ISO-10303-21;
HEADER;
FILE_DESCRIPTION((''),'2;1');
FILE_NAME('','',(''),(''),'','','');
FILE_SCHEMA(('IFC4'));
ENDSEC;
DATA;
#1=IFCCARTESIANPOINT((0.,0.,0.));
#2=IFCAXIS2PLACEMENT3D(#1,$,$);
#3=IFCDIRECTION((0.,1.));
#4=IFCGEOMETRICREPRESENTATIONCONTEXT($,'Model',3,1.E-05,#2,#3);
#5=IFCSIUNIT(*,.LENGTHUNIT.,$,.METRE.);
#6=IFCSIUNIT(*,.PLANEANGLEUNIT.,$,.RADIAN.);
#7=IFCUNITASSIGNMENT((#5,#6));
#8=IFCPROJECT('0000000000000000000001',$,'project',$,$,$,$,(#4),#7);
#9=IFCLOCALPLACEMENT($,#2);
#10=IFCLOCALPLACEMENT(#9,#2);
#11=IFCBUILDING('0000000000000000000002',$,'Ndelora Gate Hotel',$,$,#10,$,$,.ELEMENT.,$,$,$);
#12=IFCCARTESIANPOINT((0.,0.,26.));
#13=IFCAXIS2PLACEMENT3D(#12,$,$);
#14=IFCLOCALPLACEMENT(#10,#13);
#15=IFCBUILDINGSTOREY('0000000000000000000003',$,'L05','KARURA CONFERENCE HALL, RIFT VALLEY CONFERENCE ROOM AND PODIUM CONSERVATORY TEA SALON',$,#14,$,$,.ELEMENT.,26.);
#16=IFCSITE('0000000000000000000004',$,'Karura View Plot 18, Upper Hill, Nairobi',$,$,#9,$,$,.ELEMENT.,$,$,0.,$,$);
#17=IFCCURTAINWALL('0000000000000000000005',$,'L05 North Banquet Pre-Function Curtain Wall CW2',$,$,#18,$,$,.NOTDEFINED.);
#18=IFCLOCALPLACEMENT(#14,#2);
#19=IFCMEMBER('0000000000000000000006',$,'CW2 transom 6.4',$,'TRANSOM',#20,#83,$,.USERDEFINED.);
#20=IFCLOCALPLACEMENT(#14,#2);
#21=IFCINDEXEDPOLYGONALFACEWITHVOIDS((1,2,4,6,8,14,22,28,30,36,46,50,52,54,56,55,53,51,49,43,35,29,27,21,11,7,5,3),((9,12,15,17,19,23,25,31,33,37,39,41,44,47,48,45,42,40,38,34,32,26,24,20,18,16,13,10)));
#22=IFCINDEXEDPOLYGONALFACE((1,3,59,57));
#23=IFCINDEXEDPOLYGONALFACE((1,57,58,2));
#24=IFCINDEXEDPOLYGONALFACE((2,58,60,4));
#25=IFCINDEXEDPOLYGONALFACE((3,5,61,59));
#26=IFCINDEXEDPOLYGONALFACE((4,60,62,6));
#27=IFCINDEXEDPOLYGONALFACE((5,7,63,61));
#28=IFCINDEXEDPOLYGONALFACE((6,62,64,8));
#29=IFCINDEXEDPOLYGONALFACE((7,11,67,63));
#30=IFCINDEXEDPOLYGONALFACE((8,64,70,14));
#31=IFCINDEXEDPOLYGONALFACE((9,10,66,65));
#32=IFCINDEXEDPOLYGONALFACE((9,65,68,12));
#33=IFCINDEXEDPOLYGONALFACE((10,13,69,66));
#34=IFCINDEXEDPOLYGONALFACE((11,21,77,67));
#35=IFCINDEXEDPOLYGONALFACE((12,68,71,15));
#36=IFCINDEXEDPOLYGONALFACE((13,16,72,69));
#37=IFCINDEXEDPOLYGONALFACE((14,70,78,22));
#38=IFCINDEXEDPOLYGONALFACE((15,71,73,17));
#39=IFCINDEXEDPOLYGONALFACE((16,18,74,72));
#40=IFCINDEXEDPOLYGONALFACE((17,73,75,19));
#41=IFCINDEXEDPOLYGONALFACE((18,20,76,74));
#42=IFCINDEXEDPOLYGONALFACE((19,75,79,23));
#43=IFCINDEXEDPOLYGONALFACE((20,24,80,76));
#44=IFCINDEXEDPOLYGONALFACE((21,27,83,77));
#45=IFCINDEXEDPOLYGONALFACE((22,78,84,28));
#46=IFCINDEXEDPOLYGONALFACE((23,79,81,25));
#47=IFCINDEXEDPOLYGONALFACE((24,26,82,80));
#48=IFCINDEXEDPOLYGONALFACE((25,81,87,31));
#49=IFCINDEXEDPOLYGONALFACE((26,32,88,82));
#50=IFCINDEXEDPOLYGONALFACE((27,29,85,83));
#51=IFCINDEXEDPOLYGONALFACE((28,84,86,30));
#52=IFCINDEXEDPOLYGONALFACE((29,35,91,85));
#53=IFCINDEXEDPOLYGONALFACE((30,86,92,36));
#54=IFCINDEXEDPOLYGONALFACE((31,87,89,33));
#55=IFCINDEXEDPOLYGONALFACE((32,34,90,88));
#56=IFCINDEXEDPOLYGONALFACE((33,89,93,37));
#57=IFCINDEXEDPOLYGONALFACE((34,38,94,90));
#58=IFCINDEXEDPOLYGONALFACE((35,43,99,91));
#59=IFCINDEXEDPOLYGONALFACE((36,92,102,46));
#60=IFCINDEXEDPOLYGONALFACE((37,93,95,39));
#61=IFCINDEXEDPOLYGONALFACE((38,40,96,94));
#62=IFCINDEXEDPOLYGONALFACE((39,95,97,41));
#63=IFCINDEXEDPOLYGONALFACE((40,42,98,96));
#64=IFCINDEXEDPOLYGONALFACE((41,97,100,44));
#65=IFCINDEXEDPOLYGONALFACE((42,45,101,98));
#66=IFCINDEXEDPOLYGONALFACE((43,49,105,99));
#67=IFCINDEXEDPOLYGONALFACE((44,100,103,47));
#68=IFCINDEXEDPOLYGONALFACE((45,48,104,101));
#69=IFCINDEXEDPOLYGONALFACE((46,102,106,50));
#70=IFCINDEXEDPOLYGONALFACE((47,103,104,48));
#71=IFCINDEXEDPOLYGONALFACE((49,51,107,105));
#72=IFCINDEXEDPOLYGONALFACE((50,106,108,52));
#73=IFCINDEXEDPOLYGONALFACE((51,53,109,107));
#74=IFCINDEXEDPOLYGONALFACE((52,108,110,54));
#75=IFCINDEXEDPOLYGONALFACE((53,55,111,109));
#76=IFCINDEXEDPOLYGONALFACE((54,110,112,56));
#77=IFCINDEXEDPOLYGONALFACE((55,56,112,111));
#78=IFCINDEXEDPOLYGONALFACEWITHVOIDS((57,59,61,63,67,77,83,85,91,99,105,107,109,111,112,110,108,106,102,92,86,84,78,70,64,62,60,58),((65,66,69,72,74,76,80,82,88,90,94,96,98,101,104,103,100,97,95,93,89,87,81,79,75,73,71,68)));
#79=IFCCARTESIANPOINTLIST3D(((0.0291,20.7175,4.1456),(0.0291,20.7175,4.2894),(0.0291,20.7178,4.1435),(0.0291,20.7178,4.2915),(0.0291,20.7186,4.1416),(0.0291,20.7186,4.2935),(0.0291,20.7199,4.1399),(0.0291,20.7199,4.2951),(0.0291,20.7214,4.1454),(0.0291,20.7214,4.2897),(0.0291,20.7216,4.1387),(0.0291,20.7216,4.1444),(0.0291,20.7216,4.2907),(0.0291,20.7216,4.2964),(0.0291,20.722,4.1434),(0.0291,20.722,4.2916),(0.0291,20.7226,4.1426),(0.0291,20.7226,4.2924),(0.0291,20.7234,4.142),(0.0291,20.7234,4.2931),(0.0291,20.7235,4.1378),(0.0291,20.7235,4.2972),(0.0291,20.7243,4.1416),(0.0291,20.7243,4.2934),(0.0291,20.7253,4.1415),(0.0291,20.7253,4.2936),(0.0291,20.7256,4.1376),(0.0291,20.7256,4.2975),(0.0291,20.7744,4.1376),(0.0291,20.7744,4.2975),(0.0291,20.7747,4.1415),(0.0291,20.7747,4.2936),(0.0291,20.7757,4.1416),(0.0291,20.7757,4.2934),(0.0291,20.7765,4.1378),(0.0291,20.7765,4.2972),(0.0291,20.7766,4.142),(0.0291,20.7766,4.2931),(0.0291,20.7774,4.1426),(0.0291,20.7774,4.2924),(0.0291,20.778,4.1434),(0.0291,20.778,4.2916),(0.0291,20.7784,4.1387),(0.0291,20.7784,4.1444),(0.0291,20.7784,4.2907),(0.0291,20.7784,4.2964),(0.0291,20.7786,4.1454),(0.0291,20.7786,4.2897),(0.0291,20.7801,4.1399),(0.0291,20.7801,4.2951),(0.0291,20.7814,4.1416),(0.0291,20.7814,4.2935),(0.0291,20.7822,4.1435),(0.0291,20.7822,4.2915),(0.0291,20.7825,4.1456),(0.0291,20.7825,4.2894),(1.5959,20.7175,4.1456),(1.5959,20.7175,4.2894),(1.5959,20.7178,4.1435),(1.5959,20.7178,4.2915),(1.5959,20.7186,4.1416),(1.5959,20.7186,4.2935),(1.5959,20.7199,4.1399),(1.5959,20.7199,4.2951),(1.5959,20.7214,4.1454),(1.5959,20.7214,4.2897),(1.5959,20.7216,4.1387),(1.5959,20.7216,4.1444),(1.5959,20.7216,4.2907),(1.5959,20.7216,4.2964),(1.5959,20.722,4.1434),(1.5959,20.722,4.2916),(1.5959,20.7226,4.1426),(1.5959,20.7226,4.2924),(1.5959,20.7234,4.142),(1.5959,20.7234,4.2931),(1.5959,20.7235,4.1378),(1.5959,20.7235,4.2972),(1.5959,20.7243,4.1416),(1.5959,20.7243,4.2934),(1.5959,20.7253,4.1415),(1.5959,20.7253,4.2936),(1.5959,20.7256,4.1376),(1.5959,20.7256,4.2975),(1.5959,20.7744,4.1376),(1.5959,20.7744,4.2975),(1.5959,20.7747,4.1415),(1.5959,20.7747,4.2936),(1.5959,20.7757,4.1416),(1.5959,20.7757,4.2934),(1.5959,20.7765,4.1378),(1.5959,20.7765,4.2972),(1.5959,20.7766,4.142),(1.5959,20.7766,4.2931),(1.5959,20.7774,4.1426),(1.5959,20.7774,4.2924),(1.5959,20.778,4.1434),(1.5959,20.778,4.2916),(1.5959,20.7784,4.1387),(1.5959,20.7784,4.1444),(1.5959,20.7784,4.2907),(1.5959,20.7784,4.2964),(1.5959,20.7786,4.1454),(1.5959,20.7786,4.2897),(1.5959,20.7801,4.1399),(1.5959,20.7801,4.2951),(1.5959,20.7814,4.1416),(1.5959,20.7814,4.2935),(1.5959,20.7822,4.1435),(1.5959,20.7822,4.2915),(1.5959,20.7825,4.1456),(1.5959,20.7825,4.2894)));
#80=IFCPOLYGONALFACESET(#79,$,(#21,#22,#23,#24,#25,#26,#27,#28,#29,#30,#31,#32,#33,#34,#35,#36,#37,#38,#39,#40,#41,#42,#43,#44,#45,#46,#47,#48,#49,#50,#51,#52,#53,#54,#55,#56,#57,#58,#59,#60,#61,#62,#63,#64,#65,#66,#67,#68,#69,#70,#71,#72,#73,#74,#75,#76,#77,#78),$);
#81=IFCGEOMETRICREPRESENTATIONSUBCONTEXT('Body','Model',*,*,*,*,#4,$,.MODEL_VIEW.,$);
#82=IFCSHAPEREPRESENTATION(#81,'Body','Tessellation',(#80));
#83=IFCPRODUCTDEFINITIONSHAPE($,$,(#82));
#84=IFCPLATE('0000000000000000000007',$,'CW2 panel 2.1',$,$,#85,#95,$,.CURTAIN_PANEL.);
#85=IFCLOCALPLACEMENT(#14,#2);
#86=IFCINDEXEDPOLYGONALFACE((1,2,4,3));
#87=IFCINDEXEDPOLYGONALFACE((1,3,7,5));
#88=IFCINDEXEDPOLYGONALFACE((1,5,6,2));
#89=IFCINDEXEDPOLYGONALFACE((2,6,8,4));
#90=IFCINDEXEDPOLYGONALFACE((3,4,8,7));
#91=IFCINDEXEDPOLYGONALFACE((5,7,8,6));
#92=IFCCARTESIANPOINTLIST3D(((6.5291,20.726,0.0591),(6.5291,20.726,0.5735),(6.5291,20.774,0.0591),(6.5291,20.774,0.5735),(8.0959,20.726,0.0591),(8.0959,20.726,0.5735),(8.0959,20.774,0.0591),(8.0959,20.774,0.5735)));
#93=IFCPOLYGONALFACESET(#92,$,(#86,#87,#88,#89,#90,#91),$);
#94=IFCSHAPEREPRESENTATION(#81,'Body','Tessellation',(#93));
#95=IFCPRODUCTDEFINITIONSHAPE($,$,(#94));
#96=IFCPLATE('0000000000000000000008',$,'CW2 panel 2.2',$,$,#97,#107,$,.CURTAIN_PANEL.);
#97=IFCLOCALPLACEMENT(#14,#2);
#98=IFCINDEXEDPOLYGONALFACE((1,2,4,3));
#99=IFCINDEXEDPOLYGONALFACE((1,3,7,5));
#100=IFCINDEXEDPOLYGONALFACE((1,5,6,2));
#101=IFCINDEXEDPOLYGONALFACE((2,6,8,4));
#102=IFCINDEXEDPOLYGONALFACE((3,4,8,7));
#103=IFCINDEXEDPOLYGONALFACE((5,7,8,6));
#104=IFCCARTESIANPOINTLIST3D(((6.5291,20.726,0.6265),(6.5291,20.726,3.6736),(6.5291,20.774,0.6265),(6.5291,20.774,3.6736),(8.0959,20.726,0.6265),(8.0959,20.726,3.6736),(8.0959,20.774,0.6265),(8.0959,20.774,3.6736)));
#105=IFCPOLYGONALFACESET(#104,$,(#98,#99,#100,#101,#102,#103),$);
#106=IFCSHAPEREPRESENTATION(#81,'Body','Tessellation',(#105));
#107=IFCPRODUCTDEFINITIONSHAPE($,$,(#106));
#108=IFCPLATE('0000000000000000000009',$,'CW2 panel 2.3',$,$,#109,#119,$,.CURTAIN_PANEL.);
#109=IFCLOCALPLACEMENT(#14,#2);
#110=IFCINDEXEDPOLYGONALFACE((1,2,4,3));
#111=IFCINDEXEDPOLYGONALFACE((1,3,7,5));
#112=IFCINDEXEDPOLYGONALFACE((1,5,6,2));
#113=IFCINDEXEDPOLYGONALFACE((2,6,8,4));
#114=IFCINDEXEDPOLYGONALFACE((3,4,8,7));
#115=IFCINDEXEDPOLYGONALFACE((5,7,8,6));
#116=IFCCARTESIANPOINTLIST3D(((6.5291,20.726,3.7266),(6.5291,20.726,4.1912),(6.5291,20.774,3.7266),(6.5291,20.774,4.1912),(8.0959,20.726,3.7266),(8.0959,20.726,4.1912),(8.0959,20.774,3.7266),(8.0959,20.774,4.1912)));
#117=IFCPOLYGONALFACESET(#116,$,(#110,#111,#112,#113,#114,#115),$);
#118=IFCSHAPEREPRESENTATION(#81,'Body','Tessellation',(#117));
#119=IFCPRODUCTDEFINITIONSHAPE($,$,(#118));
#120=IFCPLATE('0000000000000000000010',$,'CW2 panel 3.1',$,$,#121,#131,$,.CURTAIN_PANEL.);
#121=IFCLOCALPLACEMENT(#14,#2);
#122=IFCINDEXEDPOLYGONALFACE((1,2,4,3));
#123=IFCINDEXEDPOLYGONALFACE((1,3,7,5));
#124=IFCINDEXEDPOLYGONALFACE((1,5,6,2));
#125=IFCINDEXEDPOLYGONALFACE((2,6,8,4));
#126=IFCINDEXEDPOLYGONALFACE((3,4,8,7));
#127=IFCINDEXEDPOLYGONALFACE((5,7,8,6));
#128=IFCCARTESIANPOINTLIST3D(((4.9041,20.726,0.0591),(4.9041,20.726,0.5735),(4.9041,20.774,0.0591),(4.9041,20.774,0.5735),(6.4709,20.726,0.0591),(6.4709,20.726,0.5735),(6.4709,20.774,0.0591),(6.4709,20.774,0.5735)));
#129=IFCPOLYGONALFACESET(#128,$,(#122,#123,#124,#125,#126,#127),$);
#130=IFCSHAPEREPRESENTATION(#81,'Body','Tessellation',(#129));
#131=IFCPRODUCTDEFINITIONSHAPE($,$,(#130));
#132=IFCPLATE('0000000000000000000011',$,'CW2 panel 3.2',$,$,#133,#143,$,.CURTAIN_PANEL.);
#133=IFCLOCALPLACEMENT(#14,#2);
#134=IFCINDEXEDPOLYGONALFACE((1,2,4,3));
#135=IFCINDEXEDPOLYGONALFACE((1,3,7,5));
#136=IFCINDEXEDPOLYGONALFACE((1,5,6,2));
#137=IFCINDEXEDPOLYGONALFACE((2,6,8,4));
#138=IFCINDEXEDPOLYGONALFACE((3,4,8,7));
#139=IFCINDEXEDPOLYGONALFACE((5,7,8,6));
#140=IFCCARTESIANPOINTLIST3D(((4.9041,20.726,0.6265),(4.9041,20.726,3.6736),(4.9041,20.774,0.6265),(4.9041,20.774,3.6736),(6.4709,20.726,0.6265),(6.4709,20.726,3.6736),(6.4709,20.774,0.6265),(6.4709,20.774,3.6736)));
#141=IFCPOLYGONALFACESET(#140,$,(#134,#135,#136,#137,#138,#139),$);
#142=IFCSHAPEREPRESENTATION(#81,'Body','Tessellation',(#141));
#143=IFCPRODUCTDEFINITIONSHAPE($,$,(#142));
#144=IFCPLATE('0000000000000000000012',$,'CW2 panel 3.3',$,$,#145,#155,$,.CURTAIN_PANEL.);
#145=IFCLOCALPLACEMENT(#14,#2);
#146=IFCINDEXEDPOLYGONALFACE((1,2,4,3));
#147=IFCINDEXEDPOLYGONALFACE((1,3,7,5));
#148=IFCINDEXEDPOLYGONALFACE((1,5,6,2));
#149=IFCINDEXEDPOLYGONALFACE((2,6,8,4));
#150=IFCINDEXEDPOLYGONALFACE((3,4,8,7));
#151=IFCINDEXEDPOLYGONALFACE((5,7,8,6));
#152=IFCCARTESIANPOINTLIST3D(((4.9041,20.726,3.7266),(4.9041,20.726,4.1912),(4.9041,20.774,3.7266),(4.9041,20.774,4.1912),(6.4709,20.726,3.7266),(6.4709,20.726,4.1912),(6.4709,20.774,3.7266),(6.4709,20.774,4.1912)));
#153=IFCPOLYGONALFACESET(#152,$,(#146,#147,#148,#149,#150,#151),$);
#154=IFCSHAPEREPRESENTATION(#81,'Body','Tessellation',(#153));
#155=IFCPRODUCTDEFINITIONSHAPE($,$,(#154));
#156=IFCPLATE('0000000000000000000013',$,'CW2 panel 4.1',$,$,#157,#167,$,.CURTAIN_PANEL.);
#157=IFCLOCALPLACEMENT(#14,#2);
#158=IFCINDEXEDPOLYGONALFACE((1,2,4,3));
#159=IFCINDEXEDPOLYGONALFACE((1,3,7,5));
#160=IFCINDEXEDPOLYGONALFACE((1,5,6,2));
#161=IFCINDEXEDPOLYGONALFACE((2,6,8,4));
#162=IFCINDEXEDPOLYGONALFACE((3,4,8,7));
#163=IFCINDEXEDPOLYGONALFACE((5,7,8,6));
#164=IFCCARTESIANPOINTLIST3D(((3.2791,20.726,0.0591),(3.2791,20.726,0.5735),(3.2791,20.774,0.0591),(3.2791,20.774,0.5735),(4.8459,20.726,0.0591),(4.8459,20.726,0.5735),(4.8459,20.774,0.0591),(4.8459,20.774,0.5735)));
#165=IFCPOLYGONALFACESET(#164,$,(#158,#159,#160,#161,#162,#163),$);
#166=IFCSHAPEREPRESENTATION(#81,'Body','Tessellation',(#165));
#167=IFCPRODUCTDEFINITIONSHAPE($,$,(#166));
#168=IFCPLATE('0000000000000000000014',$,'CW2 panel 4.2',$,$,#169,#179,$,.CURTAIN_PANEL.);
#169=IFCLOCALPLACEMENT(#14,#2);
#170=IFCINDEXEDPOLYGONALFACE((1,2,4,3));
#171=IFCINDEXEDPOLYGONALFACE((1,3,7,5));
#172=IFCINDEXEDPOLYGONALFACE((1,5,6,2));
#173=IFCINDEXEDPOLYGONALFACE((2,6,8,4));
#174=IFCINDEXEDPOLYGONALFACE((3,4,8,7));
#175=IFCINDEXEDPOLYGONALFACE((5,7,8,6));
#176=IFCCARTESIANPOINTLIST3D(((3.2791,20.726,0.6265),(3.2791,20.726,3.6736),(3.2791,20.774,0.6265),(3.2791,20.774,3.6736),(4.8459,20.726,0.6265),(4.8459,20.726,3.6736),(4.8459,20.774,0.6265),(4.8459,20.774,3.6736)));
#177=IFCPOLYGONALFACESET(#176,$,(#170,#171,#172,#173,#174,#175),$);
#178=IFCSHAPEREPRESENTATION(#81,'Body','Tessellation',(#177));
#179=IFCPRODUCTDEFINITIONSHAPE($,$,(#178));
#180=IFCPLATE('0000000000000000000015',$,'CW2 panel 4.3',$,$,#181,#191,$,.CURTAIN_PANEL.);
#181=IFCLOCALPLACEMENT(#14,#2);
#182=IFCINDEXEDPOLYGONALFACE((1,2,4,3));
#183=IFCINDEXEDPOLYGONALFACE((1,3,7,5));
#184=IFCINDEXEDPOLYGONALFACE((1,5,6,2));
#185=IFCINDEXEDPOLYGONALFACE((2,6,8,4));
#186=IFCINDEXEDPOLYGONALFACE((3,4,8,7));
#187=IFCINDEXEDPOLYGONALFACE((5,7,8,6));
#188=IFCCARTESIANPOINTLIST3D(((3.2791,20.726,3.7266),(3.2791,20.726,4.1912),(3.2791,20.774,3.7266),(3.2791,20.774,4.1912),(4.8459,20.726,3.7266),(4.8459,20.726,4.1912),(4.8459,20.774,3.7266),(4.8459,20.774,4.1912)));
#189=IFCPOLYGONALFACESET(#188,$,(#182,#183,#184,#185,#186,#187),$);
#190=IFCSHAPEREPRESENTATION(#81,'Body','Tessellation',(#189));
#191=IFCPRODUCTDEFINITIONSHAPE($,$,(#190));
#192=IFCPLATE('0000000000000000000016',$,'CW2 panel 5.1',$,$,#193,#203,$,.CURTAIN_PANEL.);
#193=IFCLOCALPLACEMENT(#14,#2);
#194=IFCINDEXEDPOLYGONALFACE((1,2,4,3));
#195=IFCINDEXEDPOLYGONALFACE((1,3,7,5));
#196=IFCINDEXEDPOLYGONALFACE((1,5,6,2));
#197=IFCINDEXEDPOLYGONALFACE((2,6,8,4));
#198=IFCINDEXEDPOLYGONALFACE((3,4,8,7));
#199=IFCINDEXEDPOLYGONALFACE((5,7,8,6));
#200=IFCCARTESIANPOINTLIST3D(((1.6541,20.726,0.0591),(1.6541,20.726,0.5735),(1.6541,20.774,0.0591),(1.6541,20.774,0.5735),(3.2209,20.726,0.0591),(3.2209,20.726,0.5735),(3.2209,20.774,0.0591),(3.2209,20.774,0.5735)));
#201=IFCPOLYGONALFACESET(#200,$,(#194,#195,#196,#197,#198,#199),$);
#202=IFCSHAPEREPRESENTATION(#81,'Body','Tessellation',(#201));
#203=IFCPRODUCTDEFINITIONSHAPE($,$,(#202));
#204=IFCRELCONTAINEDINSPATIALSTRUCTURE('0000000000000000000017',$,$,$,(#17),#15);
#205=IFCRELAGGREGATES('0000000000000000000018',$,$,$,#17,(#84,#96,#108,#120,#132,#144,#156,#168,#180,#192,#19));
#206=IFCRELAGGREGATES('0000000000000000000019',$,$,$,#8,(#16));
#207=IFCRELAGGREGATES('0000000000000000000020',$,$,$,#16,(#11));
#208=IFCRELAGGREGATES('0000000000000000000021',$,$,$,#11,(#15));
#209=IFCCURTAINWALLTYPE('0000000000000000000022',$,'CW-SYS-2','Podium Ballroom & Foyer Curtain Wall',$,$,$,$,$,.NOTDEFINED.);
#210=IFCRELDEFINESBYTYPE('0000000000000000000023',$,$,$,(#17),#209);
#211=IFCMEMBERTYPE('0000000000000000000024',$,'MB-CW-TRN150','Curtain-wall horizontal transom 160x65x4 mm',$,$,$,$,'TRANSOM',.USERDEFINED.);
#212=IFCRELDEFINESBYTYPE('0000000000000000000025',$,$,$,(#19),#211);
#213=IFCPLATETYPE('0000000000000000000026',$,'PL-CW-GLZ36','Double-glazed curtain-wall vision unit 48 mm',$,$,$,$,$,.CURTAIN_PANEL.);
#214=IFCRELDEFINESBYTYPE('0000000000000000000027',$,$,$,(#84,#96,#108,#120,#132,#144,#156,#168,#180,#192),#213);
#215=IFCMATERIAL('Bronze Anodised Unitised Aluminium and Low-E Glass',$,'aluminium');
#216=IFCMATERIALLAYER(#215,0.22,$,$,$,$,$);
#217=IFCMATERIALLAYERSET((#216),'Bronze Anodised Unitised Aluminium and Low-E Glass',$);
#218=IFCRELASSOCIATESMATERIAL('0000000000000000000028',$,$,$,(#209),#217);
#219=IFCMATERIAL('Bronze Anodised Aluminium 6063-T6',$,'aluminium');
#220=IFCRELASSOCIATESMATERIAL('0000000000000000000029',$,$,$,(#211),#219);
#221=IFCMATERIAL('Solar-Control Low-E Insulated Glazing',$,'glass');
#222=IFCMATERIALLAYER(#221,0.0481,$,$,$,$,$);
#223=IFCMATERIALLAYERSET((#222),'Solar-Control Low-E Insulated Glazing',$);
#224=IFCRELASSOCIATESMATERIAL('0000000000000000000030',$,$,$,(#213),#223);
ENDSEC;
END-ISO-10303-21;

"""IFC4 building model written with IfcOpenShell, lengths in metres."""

from ifc_helpers import new_model, si_unit, direction, frame, origin, origin_2d, place, context, subcontext, project, spatial, rectangle, hollow_rectangle, extrude, material, layer, layer_set, material_profile, profile_set, type_object, element, aggregate, save


model = new_model("IFC4")

# Units and contexts
model_context = context("Model", 3, precision=1e-05, world=origin(), true_north=direction((0.0, 1.0)))
body_context = subcontext(model_context, "Body", "Model", "MODEL_VIEW")
ifc_project = project(units=[si_unit("LENGTHUNIT", "METRE"), si_unit("PLANEANGLEUNIT", "RADIAN")], contexts=[model_context])

# Site, building, storey
site_placement = place(None, origin())
site = spatial("IfcSite", under=ifc_project, at=site_placement, Name="Karura View Plot 18, Upper Hill, Nairobi", CompositionType="ELEMENT", RefElevation=0.0)
building_placement = place(site_placement, origin())
building = spatial("IfcBuilding", under=site, at=building_placement, Name="Ndelora Gate Hotel", CompositionType="ELEMENT")
storey_placement = place(building_placement, frame((0.0, 0.0, 26.0)))
storey = spatial("IfcBuildingStorey", under=building, at=storey_placement, Name="L05", Description="KARURA CONFERENCE HALL, RIFT VALLEY CONFERENCE ROOM AND PODIUM CONSERVATORY TEA SALON", CompositionType="ELEMENT", Elevation=26.0)

# Curtain wall, member, plates
ifc_material_1 = material(Name="Bronze Anodised Unitised Aluminium and Low-E Glass", Category="aluminium")
ifc_layer_1 = layer(ifc_material_1, 0.22)
ifc_layer_set_1 = layer_set([ifc_layer_1], Name="Bronze Anodised Unitised Aluminium and Low-E Glass")
curtain_wall_type = type_object("IfcCurtainWallType", Name="CW-SYS-2", Description="Podium Ballroom & Foyer Curtain Wall", PredefinedType="NOTDEFINED", material=ifc_layer_set_1)
curtain_wall_placement = place(storey_placement, origin())
curtain_wall = element("IfcCurtainWall", 1, at=curtain_wall_placement, inside=storey, type_object=curtain_wall_type, Name="L05 North Banquet Pre-Function Curtain Wall CW2", PredefinedType="NOTDEFINED")
ifc_material_2 = material(Name="Bronze Anodised Aluminium 6063-T6", Category="aluminium")
ifc_material_profile_1 = material_profile(ifc_material_2, hollow_rectangle(XDim=0.0649, YDim=0.1599, WallThickness=0.0039, InnerFilletRadius=0.0039, OuterFilletRadius=0.0081, at=origin_2d()), Name="ALU 160x65x4")
ifc_profile_set_1 = profile_set([ifc_material_profile_1], Name="Bronze Anodised Aluminium 6063-T6")
member_type_1 = type_object("IfcMemberType", Name="MB-CW-TRN150", Description="Curtain-wall horizontal transom 160x65x4 mm", ElementType="TRANSOM", PredefinedType="USERDEFINED", material=ifc_profile_set_1)
member_1_placement = place(storey_placement, frame((1.5959, 20.75, 4.2175), z_axis=(-1.0, 0.0, 0.0), x_axis=(0.0, -1.0, 0.0)))
member_1 = element("IfcMember", 2, at=member_1_placement, type_object=member_type_1, Name="CW2 transom 6.4", ObjectType="TRANSOM", PredefinedType="USERDEFINED", context=body_context, shape_type="SweptSolid", body=[
    extrude(hollow_rectangle(XDim=0.0649, YDim=0.1599, WallThickness=0.0039, InnerFilletRadius=0.0039, OuterFilletRadius=0.0081, at=origin_2d()), origin(), (0.0, 0.0, 1.0), 1.5669),
])
ifc_material_3 = material(Name="Solar-Control Low-E Insulated Glazing", Category="glass")
ifc_layer_2 = layer(ifc_material_3, 0.0481)
ifc_layer_set_2 = layer_set([ifc_layer_2], Name="Solar-Control Low-E Insulated Glazing")
plate_type = type_object("IfcPlateType", Name="PL-CW-GLZ36", Description="Double-glazed curtain-wall vision unit 48 mm", PredefinedType="CURTAIN_PANEL", material=ifc_layer_set_2)
plate_1_placement = place(storey_placement, frame((7.3125, 20.75, 0.0591), z_axis=(0.0, 0.0, 1.0), x_axis=(-1.0, 0.0, 0.0)))
plate_1 = element("IfcPlate", 3, at=plate_1_placement, type_object=plate_type, Name="CW2 panel 2.1", PredefinedType="CURTAIN_PANEL", context=body_context, shape_type="SweptSolid", body=[
    extrude(rectangle(XDim=1.5669, YDim=0.0481, at=origin_2d()), origin(), (0.0, 0.0, 1.0), 0.5144),
])
plate_2_placement = place(storey_placement, frame((7.3125, 20.75, 0.6265), z_axis=(0.0, 0.0, 1.0), x_axis=(-1.0, 0.0, 0.0)))
plate_2 = element("IfcPlate", 4, at=plate_2_placement, type_object=plate_type, Name="CW2 panel 2.2", PredefinedType="CURTAIN_PANEL", context=body_context, shape_type="SweptSolid", body=[
    extrude(rectangle(XDim=1.5669, YDim=0.0481, at=origin_2d()), origin(), (0.0, 0.0, 1.0), 3.0471),
])
plate_3_placement = place(storey_placement, frame((7.3125, 20.75, 3.7266), z_axis=(0.0, 0.0, 1.0), x_axis=(-1.0, 0.0, 0.0)))
plate_3 = element("IfcPlate", 5, at=plate_3_placement, type_object=plate_type, Name="CW2 panel 2.3", PredefinedType="CURTAIN_PANEL", context=body_context, shape_type="SweptSolid", body=[
    extrude(rectangle(XDim=1.5669, YDim=0.0481, at=origin_2d()), origin(), (0.0, 0.0, 1.0), 0.4646),
])
plate_4_placement = place(storey_placement, frame((5.6875, 20.75, 0.0591), z_axis=(0.0, 0.0, 1.0), x_axis=(-1.0, 0.0, 0.0)))
plate_4 = element("IfcPlate", 6, at=plate_4_placement, type_object=plate_type, Name="CW2 panel 3.1", PredefinedType="CURTAIN_PANEL", context=body_context, shape_type="SweptSolid", body=[
    extrude(rectangle(XDim=1.5669, YDim=0.0481, at=origin_2d()), origin(), (0.0, 0.0, 1.0), 0.5144),
])
plate_5_placement = place(storey_placement, frame((5.6875, 20.75, 0.6265), z_axis=(0.0, 0.0, 1.0), x_axis=(-1.0, 0.0, 0.0)))
plate_5 = element("IfcPlate", 7, at=plate_5_placement, type_object=plate_type, Name="CW2 panel 3.2", PredefinedType="CURTAIN_PANEL", context=body_context, shape_type="SweptSolid", body=[
    extrude(rectangle(XDim=1.5669, YDim=0.0481, at=origin_2d()), origin(), (0.0, 0.0, 1.0), 3.0471),
])
plate_6_placement = place(storey_placement, frame((5.6875, 20.75, 3.7266), z_axis=(0.0, 0.0, 1.0), x_axis=(-1.0, 0.0, 0.0)))
plate_6 = element("IfcPlate", 8, at=plate_6_placement, type_object=plate_type, Name="CW2 panel 3.3", PredefinedType="CURTAIN_PANEL", context=body_context, shape_type="SweptSolid", body=[
    extrude(rectangle(XDim=1.5669, YDim=0.0481, at=origin_2d()), origin(), (0.0, 0.0, 1.0), 0.4646),
])
plate_7_placement = place(storey_placement, frame((4.0625, 20.75, 0.0591), z_axis=(0.0, 0.0, 1.0), x_axis=(-1.0, 0.0, 0.0)))
plate_7 = element("IfcPlate", 9, at=plate_7_placement, type_object=plate_type, Name="CW2 panel 4.1", PredefinedType="CURTAIN_PANEL", context=body_context, shape_type="SweptSolid", body=[
    extrude(rectangle(XDim=1.5669, YDim=0.0481, at=origin_2d()), origin(), (0.0, 0.0, 1.0), 0.5144),
])
plate_8_placement = place(storey_placement, frame((4.0625, 20.75, 0.6265), z_axis=(0.0, 0.0, 1.0), x_axis=(-1.0, 0.0, 0.0)))
plate_8 = element("IfcPlate", 10, at=plate_8_placement, type_object=plate_type, Name="CW2 panel 4.2", PredefinedType="CURTAIN_PANEL", context=body_context, shape_type="SweptSolid", body=[
    extrude(rectangle(XDim=1.5669, YDim=0.0481, at=origin_2d()), origin(), (0.0, 0.0, 1.0), 3.0471),
])
plate_9_placement = place(storey_placement, frame((4.0625, 20.75, 3.7266), z_axis=(0.0, 0.0, 1.0), x_axis=(-1.0, 0.0, 0.0)))
plate_9 = element("IfcPlate", 11, at=plate_9_placement, type_object=plate_type, Name="CW2 panel 4.3", PredefinedType="CURTAIN_PANEL", context=body_context, shape_type="SweptSolid", body=[
    extrude(rectangle(XDim=1.5669, YDim=0.0481, at=origin_2d()), origin(), (0.0, 0.0, 1.0), 0.4646),
])
plate_10_placement = place(storey_placement, frame((2.4375, 20.75, 0.0591), z_axis=(0.0, 0.0, 1.0), x_axis=(-1.0, 0.0, 0.0)))
plate_10 = element("IfcPlate", 12, at=plate_10_placement, type_object=plate_type, Name="CW2 panel 5.1", PredefinedType="CURTAIN_PANEL", context=body_context, shape_type="SweptSolid", body=[
    extrude(rectangle(XDim=1.5669, YDim=0.0481, at=origin_2d()), origin(), (0.0, 0.0, 1.0), 0.5144),
])
aggregate(curtain_wall, [plate_1, plate_2, plate_3, plate_4, plate_5, plate_6, plate_7, plate_8, plate_9, plate_10, member_1])

save(model, "model.ifc")
